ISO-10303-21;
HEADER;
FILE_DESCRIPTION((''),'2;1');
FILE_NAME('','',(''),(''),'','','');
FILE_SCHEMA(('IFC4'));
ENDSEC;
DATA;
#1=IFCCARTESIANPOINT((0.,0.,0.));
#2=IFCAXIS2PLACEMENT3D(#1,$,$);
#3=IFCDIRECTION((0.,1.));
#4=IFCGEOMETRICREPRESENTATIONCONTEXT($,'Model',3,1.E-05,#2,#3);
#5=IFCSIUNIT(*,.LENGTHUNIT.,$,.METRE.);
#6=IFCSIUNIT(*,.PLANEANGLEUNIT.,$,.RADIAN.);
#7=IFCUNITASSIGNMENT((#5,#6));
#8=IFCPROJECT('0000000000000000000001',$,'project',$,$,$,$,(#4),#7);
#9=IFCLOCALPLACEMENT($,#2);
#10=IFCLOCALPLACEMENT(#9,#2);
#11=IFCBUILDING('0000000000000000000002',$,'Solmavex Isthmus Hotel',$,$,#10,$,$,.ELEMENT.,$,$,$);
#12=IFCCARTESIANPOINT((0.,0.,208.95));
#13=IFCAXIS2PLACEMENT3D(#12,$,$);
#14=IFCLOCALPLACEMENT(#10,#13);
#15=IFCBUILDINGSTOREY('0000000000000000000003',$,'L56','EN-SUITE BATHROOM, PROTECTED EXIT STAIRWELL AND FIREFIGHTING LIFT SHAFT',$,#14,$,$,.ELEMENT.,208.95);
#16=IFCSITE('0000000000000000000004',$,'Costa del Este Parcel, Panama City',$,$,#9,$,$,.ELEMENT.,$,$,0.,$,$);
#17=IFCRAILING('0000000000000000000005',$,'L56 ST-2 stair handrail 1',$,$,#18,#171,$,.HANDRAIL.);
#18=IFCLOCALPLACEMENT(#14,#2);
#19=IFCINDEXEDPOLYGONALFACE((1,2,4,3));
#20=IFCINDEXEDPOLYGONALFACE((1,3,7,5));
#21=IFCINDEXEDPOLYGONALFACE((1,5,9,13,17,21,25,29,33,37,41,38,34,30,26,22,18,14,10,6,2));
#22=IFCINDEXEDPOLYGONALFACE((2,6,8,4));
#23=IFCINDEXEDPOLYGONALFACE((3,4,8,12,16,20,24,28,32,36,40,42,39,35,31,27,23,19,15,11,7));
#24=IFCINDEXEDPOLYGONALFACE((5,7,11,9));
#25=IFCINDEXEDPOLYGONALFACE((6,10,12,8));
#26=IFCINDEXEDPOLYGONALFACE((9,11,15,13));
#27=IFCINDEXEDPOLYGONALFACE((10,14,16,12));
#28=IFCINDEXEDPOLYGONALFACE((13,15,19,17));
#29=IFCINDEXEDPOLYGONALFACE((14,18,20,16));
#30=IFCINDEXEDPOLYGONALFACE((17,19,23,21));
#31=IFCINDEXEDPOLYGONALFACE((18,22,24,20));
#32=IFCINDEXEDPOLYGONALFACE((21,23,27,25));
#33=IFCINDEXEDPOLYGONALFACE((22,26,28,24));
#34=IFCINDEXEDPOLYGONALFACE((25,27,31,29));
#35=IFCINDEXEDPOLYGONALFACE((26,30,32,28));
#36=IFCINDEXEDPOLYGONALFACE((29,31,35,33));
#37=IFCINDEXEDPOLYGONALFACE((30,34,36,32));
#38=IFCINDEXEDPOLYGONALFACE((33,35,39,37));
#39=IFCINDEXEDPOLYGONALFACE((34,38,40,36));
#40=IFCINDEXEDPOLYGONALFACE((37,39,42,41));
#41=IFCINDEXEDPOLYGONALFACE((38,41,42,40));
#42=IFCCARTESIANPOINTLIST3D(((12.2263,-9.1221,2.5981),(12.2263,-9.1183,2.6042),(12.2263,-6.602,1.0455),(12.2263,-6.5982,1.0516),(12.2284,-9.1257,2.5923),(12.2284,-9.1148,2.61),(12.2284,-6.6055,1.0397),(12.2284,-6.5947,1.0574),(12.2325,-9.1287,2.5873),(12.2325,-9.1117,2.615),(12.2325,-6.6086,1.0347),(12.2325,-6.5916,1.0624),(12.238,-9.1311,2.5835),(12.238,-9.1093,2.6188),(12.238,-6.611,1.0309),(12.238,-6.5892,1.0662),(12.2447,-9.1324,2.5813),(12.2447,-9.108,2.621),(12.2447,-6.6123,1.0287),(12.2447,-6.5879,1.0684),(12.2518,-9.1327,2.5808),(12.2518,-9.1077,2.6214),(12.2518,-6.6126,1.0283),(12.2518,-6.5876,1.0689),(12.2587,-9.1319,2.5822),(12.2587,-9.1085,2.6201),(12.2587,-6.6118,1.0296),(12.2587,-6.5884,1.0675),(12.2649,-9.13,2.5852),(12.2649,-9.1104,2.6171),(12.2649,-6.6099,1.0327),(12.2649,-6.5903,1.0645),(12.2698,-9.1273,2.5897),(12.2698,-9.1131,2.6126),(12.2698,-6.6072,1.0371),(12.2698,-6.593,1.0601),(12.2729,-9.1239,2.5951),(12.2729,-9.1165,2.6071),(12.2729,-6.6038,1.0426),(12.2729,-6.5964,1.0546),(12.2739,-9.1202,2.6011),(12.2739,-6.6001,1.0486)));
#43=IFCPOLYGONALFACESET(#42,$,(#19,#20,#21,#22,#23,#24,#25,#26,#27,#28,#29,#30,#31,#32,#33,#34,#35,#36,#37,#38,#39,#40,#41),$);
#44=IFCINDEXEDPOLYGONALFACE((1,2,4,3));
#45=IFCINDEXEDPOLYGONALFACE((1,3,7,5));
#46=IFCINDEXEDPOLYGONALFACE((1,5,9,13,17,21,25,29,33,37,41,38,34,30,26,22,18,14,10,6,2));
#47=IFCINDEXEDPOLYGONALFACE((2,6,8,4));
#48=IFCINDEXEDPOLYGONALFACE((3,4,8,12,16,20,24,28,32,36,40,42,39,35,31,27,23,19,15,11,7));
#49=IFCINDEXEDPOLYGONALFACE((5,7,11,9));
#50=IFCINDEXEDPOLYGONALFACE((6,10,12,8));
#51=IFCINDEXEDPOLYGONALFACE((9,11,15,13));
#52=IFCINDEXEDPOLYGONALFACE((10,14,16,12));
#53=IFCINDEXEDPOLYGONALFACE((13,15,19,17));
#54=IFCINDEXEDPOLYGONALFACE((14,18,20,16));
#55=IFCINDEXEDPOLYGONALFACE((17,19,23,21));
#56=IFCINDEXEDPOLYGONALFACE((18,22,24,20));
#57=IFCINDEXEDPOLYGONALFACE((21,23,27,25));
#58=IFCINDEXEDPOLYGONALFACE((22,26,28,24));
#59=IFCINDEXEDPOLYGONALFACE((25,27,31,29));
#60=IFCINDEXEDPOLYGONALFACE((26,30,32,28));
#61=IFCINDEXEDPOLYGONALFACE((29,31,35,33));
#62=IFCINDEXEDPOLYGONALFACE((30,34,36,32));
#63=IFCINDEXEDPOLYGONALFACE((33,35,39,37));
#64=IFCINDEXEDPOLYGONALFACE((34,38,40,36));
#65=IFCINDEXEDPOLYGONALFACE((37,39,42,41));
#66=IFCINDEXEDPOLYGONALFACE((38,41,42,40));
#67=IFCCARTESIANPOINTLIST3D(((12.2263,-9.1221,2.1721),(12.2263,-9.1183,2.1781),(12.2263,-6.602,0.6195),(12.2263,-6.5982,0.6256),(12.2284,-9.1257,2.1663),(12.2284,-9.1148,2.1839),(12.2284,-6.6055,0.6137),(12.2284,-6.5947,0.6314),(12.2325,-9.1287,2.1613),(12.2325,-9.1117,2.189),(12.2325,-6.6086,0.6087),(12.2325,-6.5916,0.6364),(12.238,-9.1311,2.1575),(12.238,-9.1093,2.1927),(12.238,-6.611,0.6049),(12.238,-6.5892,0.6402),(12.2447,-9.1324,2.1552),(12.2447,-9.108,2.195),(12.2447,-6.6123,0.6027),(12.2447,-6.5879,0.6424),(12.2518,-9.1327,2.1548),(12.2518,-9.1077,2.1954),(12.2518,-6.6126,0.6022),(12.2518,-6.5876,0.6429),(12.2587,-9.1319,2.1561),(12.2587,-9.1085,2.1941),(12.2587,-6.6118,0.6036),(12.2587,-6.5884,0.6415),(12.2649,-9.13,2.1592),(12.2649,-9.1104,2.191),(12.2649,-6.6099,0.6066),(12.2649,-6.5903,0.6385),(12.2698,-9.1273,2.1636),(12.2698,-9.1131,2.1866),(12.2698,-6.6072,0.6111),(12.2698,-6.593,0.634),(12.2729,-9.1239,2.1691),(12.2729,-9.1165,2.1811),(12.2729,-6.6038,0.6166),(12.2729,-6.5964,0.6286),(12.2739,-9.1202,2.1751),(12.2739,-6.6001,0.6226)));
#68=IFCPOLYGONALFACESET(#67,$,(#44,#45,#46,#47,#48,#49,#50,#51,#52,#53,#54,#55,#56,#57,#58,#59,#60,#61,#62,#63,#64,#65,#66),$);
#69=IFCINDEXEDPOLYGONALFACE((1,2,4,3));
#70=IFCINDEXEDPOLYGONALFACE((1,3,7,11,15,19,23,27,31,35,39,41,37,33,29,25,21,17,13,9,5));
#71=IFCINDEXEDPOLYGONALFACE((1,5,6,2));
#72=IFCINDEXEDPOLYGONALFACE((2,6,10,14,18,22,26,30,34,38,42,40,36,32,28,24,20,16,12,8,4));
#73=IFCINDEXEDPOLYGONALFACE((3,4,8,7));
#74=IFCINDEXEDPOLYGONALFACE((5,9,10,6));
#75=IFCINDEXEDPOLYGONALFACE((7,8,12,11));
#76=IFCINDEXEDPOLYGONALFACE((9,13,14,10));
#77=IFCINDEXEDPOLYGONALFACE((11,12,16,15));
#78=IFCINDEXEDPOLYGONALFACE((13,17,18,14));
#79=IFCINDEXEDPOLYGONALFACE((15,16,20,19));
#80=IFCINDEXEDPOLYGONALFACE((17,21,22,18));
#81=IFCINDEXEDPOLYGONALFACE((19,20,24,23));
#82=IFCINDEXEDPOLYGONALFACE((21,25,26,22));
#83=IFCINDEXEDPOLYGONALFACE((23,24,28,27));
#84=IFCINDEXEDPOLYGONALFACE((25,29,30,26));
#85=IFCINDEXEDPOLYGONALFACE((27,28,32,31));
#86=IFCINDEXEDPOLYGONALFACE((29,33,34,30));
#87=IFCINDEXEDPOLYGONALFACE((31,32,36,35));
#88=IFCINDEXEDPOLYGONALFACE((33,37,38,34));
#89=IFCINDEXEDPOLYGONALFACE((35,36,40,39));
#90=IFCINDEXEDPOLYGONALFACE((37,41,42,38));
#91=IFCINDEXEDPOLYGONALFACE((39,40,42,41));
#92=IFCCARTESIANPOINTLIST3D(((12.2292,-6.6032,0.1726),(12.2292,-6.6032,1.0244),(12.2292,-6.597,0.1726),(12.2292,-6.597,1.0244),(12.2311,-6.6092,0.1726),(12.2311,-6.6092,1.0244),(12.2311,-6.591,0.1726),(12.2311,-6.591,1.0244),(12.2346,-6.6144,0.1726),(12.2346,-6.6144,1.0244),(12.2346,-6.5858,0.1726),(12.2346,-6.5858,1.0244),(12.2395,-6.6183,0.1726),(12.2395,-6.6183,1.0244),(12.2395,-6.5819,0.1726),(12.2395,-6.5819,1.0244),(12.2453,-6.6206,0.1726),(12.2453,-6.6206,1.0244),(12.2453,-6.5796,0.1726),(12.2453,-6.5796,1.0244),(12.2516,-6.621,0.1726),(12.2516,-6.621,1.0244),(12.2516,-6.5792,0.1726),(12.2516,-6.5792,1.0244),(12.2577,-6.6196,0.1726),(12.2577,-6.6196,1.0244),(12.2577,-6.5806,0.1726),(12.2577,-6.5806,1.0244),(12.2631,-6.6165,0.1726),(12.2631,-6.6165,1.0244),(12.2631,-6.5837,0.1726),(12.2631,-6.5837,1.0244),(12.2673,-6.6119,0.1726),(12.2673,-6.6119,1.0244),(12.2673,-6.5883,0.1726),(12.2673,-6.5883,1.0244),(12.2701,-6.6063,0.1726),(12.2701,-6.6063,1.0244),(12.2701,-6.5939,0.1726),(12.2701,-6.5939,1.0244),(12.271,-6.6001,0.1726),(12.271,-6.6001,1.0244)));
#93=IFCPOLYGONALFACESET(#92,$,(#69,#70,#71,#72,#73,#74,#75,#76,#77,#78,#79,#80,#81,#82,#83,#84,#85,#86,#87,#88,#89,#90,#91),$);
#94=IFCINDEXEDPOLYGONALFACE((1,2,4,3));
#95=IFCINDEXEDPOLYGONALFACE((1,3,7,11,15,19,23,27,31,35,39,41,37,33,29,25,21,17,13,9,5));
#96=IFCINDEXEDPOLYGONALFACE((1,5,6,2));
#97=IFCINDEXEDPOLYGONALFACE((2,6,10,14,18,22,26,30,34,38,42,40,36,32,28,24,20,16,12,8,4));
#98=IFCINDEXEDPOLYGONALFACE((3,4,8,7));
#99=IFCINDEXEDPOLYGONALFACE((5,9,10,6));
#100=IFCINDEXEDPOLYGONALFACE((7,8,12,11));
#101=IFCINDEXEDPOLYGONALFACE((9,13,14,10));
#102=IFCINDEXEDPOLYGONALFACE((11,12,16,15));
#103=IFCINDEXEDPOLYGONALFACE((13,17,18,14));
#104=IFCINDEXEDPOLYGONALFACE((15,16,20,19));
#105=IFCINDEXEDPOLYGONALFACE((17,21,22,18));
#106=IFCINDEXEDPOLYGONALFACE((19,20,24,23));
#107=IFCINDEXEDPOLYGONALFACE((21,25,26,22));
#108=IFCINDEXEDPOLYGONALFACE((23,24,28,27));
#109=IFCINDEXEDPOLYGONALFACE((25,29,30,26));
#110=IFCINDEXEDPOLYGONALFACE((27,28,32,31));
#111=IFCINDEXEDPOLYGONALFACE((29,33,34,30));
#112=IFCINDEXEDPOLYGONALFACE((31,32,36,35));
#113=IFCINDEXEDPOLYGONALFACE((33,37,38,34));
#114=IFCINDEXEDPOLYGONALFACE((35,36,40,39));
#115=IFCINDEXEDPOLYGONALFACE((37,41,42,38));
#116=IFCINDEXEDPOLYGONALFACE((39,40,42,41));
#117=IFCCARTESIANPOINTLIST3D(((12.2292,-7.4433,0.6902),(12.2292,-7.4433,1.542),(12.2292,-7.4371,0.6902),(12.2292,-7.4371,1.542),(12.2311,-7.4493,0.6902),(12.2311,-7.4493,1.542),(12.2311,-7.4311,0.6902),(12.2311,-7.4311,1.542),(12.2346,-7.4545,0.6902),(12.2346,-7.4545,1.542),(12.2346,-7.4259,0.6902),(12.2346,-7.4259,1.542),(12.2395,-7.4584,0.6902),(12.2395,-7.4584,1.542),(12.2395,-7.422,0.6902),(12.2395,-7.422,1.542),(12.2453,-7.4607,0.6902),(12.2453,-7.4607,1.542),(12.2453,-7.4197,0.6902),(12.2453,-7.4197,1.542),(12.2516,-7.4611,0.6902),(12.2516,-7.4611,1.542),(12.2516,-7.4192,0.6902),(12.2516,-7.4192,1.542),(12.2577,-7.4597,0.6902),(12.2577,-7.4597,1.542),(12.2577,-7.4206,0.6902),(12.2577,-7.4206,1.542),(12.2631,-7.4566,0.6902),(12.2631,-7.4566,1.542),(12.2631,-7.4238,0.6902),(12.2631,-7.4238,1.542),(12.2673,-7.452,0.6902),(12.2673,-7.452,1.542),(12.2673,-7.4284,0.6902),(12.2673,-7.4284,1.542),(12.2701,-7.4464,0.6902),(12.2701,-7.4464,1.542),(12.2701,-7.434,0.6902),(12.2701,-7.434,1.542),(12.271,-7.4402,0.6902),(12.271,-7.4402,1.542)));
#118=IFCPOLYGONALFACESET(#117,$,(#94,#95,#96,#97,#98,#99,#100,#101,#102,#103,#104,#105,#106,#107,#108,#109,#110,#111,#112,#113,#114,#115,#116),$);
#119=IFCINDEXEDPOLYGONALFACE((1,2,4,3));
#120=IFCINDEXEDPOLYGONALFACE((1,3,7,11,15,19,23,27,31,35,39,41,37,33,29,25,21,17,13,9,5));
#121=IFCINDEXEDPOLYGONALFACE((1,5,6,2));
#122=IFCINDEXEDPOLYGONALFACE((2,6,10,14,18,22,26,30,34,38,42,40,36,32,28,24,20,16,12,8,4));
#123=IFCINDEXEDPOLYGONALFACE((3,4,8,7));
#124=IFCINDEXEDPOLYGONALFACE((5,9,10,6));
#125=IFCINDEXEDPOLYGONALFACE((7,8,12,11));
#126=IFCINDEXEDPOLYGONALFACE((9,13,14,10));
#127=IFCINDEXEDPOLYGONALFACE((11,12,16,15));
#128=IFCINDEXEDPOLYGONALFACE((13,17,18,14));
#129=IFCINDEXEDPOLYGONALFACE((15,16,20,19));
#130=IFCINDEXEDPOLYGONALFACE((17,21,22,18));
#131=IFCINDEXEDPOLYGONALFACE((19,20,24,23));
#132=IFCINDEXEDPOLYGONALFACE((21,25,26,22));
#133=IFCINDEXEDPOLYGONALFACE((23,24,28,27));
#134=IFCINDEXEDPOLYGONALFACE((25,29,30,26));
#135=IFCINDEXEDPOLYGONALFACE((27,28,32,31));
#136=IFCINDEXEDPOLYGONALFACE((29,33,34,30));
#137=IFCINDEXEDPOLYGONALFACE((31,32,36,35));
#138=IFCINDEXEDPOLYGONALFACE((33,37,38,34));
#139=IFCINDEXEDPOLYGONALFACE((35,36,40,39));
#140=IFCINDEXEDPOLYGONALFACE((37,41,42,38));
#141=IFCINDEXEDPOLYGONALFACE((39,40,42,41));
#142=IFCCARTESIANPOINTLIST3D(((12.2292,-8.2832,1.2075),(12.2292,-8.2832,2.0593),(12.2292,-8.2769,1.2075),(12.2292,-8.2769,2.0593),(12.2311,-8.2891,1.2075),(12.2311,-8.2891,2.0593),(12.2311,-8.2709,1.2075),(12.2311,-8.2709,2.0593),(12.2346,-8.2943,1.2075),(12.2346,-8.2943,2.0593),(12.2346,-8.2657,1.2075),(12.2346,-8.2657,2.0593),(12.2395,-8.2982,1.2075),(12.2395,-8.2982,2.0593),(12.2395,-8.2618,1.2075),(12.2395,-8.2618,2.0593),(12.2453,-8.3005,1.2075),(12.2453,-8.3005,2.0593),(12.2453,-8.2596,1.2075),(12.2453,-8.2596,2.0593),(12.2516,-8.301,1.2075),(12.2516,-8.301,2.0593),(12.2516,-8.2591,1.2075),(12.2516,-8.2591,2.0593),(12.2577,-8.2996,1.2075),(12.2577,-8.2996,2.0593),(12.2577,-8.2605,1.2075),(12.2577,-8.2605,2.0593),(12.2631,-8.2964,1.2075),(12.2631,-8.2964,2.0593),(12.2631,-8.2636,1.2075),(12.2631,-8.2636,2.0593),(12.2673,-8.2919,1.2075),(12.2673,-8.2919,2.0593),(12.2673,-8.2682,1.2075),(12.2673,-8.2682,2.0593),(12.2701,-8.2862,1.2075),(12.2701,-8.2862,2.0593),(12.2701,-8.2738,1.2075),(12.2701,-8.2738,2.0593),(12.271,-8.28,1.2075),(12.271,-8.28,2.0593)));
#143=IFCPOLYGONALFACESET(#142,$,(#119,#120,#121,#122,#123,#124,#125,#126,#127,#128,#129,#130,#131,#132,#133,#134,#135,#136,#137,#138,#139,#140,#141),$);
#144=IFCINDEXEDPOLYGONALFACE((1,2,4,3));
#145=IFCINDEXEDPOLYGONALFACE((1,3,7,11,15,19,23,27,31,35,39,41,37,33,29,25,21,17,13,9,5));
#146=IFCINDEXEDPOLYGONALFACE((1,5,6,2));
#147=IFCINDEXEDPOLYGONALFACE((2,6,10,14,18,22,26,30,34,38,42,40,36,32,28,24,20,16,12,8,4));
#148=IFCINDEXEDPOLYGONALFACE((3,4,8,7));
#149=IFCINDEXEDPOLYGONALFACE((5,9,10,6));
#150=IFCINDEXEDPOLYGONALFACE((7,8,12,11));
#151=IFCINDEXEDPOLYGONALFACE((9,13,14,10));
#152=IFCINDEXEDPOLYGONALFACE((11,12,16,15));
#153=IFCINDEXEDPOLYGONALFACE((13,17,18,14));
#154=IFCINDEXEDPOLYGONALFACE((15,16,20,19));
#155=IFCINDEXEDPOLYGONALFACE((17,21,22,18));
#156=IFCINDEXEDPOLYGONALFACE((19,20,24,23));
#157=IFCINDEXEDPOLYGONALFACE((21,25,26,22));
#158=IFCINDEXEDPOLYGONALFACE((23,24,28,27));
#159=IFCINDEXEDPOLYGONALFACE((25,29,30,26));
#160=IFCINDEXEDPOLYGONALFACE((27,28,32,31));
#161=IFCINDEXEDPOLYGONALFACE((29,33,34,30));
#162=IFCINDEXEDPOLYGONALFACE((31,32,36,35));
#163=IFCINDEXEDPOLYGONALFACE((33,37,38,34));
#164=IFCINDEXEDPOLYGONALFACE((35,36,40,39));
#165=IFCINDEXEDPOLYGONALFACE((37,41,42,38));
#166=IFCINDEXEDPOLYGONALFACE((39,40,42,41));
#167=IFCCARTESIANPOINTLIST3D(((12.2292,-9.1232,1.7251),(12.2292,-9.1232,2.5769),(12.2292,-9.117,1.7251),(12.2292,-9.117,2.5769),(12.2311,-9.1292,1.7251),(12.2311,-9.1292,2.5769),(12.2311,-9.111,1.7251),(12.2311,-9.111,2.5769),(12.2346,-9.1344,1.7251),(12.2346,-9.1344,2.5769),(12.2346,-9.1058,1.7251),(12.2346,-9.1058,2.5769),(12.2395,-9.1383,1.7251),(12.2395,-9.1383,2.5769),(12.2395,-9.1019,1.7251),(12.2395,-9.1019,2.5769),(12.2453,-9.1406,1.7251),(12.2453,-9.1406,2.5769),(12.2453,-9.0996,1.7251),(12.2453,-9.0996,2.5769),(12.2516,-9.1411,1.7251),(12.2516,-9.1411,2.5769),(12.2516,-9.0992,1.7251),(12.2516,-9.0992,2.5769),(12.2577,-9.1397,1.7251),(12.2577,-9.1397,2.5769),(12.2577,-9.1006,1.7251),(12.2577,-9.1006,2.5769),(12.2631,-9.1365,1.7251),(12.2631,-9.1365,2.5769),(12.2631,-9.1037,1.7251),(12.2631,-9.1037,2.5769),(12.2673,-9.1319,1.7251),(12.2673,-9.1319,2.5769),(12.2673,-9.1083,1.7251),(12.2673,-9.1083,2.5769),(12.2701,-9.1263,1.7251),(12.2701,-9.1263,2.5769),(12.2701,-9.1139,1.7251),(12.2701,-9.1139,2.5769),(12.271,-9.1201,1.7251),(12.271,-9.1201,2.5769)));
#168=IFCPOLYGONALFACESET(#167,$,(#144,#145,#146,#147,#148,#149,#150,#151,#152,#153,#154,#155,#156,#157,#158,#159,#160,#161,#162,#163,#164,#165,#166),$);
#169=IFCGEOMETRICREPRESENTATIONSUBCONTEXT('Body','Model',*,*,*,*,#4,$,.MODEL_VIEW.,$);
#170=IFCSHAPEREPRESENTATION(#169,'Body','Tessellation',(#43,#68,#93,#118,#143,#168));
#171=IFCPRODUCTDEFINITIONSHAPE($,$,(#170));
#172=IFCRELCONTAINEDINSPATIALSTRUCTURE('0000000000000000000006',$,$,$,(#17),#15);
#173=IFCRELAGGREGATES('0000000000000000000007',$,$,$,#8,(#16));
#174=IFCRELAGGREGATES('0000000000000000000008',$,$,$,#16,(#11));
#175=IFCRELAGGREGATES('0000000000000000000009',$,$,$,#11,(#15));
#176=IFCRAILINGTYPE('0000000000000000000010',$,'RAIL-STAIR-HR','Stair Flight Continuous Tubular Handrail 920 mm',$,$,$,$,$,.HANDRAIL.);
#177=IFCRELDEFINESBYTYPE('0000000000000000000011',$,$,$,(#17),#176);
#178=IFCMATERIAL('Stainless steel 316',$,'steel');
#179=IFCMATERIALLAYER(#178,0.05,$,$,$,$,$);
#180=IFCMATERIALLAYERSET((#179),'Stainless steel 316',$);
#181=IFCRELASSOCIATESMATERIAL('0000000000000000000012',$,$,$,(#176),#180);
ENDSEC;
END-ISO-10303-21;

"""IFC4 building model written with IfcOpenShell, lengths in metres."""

from ifc_helpers import new_model, si_unit, direction, frame, origin, origin_2d, place, context, subcontext, project, spatial, circle, extrude, material, layer, layer_set, type_object, element, save


model = new_model("IFC4")

# Units and contexts
model_context = context("Model", 3, precision=1e-05, world=origin(), true_north=direction((0.0, 1.0)))
body_context = subcontext(model_context, "Body", "Model", "MODEL_VIEW")
ifc_project = project(units=[si_unit("LENGTHUNIT", "METRE"), si_unit("PLANEANGLEUNIT", "RADIAN")], contexts=[model_context])

# Site, building, storey
site_placement = place(None, origin())
site = spatial("IfcSite", under=ifc_project, at=site_placement, Name="Costa del Este Parcel, Panama City", CompositionType="ELEMENT", RefElevation=0.0)
building_placement = place(site_placement, origin())
building = spatial("IfcBuilding", under=site, at=building_placement, Name="Solmavex Isthmus Hotel", CompositionType="ELEMENT")
storey_placement = place(building_placement, frame((0.0, 0.0, 208.95)))
storey = spatial("IfcBuildingStorey", under=building, at=storey_placement, Name="L56", Description="EN-SUITE BATHROOM, PROTECTED EXIT STAIRWELL AND FIREFIGHTING LIFT SHAFT", CompositionType="ELEMENT", Elevation=208.95)

# Shared definitions
ifc_material_1 = material(Name="Stainless steel 316", Category="steel")

# Railing
ifc_layer_1 = layer(ifc_material_1, 0.05)
ifc_layer_set_1 = layer_set([ifc_layer_1], Name="Stainless steel 316")
railing_type = type_object("IfcRailingType", Name="RAIL-STAIR-HR", Description="Stair Flight Continuous Tubular Handrail 920 mm", PredefinedType="HANDRAIL", material=ifc_layer_set_1)
railing_placement = place(storey_placement, frame((12.25, -6.6001, 0.1726)))
element("IfcRailing", 1, at=railing_placement, inside=storey, type_object=railing_type, Name="L56 ST-2 stair handrail 1", PredefinedType="HANDRAIL", context=body_context, shape_type="SweptSolid", body=[
    extrude(circle(Radius=0.0239, at=origin_2d()), frame((0.0, 0.0, 0.876), z_axis=(0.0, -0.8514, 0.524516), x_axis=(1.0, 0.0, 0.0)), (0.0, 0.0, 1.0), 2.96),
    extrude(circle(Radius=0.0239, at=origin_2d()), frame((0.0, 0.0, 0.45), z_axis=(0.0, -0.8514, 0.524516), x_axis=(1.0, 0.0, 0.0)), (0.0, 0.0, 1.0), 2.96),
    extrude(circle(Radius=0.021, at=origin_2d()), origin(), (0.0, 0.0, 1.0), 0.8518),
    extrude(circle(Radius=0.021, at=origin_2d()), frame((0.0, -0.8401, 0.5176)), (0.0, 0.0, 1.0), 0.8518),
    extrude(circle(Radius=0.021, at=origin_2d()), frame((0.0, -1.6799, 1.0349)), (0.0, 0.0, 1.0), 0.8518),
    extrude(circle(Radius=0.021, at=origin_2d()), frame((0.0, -2.52, 1.5525)), (0.0, 0.0, 1.0), 0.8518),
])

save(model, "model.ifc")
